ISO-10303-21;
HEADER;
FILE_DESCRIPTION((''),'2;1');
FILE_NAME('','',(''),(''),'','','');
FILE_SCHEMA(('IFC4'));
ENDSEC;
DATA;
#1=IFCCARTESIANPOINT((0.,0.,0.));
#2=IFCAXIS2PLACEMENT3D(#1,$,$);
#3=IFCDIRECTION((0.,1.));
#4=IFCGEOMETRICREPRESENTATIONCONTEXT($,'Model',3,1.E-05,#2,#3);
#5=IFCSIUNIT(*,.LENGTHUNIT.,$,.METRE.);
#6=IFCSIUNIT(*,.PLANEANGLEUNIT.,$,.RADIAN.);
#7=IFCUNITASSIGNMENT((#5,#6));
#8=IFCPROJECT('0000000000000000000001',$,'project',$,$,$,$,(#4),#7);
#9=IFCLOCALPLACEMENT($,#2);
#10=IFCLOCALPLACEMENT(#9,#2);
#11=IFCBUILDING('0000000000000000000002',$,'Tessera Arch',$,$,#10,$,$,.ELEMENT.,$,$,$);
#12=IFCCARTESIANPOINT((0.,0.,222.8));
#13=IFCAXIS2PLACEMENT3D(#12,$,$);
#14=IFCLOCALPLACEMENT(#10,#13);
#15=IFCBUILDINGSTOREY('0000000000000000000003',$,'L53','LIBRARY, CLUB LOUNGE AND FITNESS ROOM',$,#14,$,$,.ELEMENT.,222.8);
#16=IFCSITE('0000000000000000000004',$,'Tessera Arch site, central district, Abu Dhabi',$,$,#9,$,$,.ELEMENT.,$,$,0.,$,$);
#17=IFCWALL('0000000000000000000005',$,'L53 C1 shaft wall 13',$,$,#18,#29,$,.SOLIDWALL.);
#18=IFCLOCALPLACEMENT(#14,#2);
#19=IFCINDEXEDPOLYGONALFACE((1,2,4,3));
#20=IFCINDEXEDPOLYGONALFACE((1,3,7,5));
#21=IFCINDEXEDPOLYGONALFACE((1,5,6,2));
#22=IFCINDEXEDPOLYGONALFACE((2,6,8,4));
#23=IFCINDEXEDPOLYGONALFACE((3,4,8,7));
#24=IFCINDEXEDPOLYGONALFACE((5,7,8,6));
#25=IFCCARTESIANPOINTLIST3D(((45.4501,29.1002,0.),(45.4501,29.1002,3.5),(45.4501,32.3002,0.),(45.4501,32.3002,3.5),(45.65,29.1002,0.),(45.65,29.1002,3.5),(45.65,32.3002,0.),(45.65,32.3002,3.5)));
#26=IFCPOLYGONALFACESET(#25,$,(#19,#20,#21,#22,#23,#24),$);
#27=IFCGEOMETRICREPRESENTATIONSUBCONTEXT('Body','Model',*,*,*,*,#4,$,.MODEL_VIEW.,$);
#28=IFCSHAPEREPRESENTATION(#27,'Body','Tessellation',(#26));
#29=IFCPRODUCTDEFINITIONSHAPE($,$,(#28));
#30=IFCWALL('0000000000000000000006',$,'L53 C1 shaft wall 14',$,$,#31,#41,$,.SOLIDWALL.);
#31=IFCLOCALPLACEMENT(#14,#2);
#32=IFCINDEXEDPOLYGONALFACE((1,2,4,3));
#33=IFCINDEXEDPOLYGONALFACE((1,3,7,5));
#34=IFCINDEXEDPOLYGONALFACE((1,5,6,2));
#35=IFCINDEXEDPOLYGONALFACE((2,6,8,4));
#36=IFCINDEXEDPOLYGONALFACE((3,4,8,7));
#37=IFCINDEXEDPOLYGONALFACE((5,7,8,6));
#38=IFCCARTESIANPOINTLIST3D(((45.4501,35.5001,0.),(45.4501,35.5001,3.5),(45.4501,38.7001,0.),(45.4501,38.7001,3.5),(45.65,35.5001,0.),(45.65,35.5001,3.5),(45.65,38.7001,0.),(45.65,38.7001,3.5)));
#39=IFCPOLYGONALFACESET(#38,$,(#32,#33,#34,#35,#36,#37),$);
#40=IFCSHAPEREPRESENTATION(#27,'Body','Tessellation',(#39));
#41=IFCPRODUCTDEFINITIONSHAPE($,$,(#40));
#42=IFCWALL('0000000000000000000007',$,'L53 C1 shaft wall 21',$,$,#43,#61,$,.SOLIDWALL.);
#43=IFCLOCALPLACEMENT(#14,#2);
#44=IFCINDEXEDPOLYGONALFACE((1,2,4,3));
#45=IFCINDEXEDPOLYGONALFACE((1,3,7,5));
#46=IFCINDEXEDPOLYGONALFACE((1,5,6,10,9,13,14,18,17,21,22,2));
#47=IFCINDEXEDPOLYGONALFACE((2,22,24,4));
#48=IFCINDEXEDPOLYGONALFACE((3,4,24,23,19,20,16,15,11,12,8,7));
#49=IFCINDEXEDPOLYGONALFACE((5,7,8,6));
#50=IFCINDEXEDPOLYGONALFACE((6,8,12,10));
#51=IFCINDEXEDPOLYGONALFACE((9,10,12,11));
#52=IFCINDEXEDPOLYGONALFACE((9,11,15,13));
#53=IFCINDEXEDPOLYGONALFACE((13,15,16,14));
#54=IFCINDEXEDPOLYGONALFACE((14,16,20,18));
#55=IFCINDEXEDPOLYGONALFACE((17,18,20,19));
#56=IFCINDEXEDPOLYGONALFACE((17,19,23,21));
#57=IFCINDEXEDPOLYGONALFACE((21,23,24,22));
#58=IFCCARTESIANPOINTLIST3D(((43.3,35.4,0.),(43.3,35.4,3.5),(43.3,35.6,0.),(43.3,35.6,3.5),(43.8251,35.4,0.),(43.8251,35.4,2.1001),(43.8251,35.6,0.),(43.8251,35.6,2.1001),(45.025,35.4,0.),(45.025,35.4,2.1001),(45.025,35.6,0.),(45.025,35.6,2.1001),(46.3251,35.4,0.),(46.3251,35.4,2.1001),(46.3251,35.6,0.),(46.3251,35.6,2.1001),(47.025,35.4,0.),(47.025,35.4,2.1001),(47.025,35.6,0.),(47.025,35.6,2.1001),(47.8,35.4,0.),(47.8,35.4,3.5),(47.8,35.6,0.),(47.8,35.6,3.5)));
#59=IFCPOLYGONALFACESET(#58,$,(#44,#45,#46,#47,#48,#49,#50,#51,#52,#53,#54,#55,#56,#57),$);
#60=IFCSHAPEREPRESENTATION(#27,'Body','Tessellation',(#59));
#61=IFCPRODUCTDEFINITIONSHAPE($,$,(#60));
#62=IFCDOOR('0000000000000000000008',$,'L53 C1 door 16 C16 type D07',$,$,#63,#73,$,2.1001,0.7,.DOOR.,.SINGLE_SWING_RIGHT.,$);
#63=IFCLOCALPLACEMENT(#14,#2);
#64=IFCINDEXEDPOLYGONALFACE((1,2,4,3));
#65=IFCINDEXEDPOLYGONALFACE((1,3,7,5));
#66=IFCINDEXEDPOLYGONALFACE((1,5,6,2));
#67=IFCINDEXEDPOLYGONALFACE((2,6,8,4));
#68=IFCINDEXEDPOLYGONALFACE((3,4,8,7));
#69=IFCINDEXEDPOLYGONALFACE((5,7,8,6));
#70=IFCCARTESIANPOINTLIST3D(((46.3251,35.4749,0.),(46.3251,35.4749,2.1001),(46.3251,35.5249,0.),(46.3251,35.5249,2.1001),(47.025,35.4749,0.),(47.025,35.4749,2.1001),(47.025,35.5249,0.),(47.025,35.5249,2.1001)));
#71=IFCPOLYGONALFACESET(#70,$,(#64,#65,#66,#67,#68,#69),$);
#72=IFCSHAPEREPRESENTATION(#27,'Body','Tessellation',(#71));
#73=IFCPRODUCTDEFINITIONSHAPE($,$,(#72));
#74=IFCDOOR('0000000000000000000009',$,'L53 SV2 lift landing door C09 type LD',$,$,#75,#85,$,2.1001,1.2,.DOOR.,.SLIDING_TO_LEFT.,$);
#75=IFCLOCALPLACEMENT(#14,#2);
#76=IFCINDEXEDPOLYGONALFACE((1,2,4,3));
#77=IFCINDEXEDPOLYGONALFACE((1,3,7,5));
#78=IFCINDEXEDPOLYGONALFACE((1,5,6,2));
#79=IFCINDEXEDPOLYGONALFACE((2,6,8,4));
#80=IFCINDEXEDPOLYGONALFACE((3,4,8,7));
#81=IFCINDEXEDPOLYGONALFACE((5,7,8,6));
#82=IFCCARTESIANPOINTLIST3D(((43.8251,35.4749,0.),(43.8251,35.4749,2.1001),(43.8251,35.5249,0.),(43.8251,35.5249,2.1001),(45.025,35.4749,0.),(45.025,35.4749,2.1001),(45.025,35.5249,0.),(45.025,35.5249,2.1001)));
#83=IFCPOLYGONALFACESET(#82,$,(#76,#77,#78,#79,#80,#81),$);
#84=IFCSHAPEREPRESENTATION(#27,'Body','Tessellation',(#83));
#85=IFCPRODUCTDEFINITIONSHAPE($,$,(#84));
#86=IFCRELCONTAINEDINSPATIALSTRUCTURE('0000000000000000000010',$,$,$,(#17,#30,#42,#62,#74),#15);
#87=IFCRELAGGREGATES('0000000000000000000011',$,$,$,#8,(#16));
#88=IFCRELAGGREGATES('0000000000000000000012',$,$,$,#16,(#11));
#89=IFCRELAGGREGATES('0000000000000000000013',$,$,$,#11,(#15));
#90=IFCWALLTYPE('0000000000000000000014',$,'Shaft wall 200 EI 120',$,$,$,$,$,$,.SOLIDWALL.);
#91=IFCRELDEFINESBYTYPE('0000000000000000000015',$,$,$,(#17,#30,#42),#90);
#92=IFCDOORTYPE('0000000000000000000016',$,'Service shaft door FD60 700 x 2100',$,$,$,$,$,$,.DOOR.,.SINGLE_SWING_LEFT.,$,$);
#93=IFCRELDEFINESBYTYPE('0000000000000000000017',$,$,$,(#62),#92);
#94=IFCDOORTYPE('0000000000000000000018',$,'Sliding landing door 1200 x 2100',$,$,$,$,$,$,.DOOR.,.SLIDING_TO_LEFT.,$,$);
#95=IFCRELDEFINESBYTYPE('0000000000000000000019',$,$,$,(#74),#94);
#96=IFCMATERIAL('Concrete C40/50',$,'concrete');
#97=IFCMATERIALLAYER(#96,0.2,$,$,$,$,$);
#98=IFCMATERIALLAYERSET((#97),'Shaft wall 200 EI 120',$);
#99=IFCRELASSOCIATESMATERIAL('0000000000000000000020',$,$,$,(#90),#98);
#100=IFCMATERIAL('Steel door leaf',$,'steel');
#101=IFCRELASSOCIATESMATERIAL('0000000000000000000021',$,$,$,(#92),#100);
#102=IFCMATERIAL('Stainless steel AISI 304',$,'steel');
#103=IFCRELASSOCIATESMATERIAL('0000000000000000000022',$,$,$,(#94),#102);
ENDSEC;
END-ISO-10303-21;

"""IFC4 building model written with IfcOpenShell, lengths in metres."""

from ifc_helpers import new_model, si_unit, direction, frame, frame_2d, origin, place, context, subcontext, project, spatial, rectangle, extrude, material, layer, layer_set, type_object, element, fill, save


model = new_model("IFC4")

# Units and contexts
model_context = context("Model", 3, precision=1e-05, world=origin(), true_north=direction((0.0, 1.0)))
body_context = subcontext(model_context, "Body", "Model", "MODEL_VIEW")
ifc_project = project(units=[si_unit("LENGTHUNIT", "METRE"), si_unit("PLANEANGLEUNIT", "RADIAN")], contexts=[model_context])

# Site, building, storey
site_placement = place(None, origin())
site = spatial("IfcSite", under=ifc_project, at=site_placement, Name="Tessera Arch site, central district, Abu Dhabi", CompositionType="ELEMENT", RefElevation=0.0)
building_placement = place(site_placement, origin())
building = spatial("IfcBuilding", under=site, at=building_placement, Name="Tessera Arch", CompositionType="ELEMENT")
storey_placement = place(building_placement, frame((0.0, 0.0, 222.8)))
storey = spatial("IfcBuildingStorey", under=building, at=storey_placement, Name="L53", Description="LIBRARY, CLUB LOUNGE AND FITNESS ROOM", CompositionType="ELEMENT", Elevation=222.8)

# Walls
ifc_material_1 = material(Name="Concrete C40/50", Category="concrete")
ifc_layer_1 = layer(ifc_material_1, 0.2)
ifc_layer_set_1 = layer_set([ifc_layer_1], Name="Shaft wall 200 EI 120")
wall_type_1 = type_object("IfcWallType", Name="Shaft wall 200 EI 120", PredefinedType="SOLIDWALL", material=ifc_layer_set_1)
for number, where, z_axis, x_axis, name in (
    (1, (45.55, 29.1001, 0.0), (0.0, 0.0, 1.0), (0.0, 1.0, 0.0), "L53 C1 shaft wall 13"),
    (2, (45.55, 35.5, 0.0), (0.0, 0.0, 1.0), (0.0, 1.0, 0.0), "L53 C1 shaft wall 14"),
):
    element("IfcWall", number, at=place(storey_placement, frame(where, z_axis=z_axis, x_axis=x_axis)), inside=storey, type_object=wall_type_1, Name=name, PredefinedType="SOLIDWALL", context=body_context, shape_type="SweptSolid", body=[
        extrude(rectangle(XDim=3.2, YDim=0.2, at=frame_2d((1.6001, 0.0))), origin(), (0.0, 0.0, 1.0), 3.5),
    ])

# Wall, openings, doors
wall_1_placement = place(storey_placement, frame((43.3, 35.5, 0.0), z_axis=(0.0, 0.0, 1.0), x_axis=(1.0, 0.0, 0.0)))
wall_1 = element("IfcWall", 3, at=wall_1_placement, inside=storey, type_object=wall_type_1, Name="L53 C1 shaft wall 21", PredefinedType="SOLIDWALL", context=body_context, shape_type="SweptSolid", body=[
    extrude(rectangle(XDim=4.5, YDim=0.2, at=frame_2d((2.25, 0.0))), origin(), (0.0, 0.0, 1.0), 3.5),
])
opening_1_placement = place(wall_1_placement, frame((0.5249, 0.0, 0.0)))
opening_1 = element("IfcOpeningElement", 4, at=opening_1_placement, cuts=wall_1, PredefinedType="OPENING", context=body_context, shape_type="SweptSolid", body=[
    extrude(rectangle(XDim=1.2, YDim=2.1001, at=frame_2d((0.6001, 1.05))), frame((0.0, 0.1099, 0.0), z_axis=(0.0, -1.0, 0.0), x_axis=(1.0, 0.0, 0.0)), (0.0, 0.0, 1.0), 0.22),
])
opening_2_placement = place(wall_1_placement, frame((3.0249, 0.0, 0.0)))
opening_2 = element("IfcOpeningElement", 5, at=opening_2_placement, cuts=wall_1, PredefinedType="OPENING", context=body_context, shape_type="SweptSolid", body=[
    extrude(rectangle(XDim=0.7, YDim=2.1001, at=frame_2d((0.3501, 1.05))), frame((0.0, 0.1099, 0.0), z_axis=(0.0, -1.0, 0.0), x_axis=(1.0, 0.0, 0.0)), (0.0, 0.0, 1.0), 0.22),
])
ifc_material_2 = material(Name="Steel door leaf", Category="steel")
door_type_1 = type_object("IfcDoorType", Name="Service shaft door FD60 700 x 2100", OperationType="SINGLE_SWING_LEFT", PredefinedType="DOOR", material=ifc_material_2)
door_1_placement = place(opening_2_placement, origin())
door_1 = element("IfcDoor", 6, at=door_1_placement, inside=storey, type_object=door_type_1, Name="L53 C1 door 16 C16 type D07", OperationType="SINGLE_SWING_RIGHT", OverallHeight=2.1001, OverallWidth=0.7, PredefinedType="DOOR", context=body_context, shape_type="SweptSolid", body=[
    extrude(rectangle(XDim=0.7, YDim=2.1001, at=frame_2d((0.3501, 1.05))), frame((0.0, 0.0249, 0.0), z_axis=(0.0, -1.0, 0.0), x_axis=(1.0, 0.0, 0.0)), (0.0, 0.0, 1.0), 0.05),
])
fill(opening_2, door_1)
ifc_material_3 = material(Name="Stainless steel AISI 304", Category="steel")
door_type_2 = type_object("IfcDoorType", Name="Sliding landing door 1200 x 2100", OperationType="SLIDING_TO_LEFT", PredefinedType="DOOR", material=ifc_material_3)
door_2_placement = place(opening_1_placement, origin())
door_2 = element("IfcDoor", 7, at=door_2_placement, inside=storey, type_object=door_type_2, Name="L53 SV2 lift landing door C09 type LD", OperationType="SLIDING_TO_LEFT", OverallHeight=2.1001, OverallWidth=1.2, PredefinedType="DOOR", context=body_context, shape_type="SweptSolid", body=[
    extrude(rectangle(XDim=1.2, YDim=2.1001, at=frame_2d((0.6001, 1.05))), frame((0.0, 0.0249, 0.0), z_axis=(0.0, -1.0, 0.0), x_axis=(1.0, 0.0, 0.0)), (0.0, 0.0, 1.0), 0.05),
])
fill(opening_1, door_2)

save(model, "model.ifc")
